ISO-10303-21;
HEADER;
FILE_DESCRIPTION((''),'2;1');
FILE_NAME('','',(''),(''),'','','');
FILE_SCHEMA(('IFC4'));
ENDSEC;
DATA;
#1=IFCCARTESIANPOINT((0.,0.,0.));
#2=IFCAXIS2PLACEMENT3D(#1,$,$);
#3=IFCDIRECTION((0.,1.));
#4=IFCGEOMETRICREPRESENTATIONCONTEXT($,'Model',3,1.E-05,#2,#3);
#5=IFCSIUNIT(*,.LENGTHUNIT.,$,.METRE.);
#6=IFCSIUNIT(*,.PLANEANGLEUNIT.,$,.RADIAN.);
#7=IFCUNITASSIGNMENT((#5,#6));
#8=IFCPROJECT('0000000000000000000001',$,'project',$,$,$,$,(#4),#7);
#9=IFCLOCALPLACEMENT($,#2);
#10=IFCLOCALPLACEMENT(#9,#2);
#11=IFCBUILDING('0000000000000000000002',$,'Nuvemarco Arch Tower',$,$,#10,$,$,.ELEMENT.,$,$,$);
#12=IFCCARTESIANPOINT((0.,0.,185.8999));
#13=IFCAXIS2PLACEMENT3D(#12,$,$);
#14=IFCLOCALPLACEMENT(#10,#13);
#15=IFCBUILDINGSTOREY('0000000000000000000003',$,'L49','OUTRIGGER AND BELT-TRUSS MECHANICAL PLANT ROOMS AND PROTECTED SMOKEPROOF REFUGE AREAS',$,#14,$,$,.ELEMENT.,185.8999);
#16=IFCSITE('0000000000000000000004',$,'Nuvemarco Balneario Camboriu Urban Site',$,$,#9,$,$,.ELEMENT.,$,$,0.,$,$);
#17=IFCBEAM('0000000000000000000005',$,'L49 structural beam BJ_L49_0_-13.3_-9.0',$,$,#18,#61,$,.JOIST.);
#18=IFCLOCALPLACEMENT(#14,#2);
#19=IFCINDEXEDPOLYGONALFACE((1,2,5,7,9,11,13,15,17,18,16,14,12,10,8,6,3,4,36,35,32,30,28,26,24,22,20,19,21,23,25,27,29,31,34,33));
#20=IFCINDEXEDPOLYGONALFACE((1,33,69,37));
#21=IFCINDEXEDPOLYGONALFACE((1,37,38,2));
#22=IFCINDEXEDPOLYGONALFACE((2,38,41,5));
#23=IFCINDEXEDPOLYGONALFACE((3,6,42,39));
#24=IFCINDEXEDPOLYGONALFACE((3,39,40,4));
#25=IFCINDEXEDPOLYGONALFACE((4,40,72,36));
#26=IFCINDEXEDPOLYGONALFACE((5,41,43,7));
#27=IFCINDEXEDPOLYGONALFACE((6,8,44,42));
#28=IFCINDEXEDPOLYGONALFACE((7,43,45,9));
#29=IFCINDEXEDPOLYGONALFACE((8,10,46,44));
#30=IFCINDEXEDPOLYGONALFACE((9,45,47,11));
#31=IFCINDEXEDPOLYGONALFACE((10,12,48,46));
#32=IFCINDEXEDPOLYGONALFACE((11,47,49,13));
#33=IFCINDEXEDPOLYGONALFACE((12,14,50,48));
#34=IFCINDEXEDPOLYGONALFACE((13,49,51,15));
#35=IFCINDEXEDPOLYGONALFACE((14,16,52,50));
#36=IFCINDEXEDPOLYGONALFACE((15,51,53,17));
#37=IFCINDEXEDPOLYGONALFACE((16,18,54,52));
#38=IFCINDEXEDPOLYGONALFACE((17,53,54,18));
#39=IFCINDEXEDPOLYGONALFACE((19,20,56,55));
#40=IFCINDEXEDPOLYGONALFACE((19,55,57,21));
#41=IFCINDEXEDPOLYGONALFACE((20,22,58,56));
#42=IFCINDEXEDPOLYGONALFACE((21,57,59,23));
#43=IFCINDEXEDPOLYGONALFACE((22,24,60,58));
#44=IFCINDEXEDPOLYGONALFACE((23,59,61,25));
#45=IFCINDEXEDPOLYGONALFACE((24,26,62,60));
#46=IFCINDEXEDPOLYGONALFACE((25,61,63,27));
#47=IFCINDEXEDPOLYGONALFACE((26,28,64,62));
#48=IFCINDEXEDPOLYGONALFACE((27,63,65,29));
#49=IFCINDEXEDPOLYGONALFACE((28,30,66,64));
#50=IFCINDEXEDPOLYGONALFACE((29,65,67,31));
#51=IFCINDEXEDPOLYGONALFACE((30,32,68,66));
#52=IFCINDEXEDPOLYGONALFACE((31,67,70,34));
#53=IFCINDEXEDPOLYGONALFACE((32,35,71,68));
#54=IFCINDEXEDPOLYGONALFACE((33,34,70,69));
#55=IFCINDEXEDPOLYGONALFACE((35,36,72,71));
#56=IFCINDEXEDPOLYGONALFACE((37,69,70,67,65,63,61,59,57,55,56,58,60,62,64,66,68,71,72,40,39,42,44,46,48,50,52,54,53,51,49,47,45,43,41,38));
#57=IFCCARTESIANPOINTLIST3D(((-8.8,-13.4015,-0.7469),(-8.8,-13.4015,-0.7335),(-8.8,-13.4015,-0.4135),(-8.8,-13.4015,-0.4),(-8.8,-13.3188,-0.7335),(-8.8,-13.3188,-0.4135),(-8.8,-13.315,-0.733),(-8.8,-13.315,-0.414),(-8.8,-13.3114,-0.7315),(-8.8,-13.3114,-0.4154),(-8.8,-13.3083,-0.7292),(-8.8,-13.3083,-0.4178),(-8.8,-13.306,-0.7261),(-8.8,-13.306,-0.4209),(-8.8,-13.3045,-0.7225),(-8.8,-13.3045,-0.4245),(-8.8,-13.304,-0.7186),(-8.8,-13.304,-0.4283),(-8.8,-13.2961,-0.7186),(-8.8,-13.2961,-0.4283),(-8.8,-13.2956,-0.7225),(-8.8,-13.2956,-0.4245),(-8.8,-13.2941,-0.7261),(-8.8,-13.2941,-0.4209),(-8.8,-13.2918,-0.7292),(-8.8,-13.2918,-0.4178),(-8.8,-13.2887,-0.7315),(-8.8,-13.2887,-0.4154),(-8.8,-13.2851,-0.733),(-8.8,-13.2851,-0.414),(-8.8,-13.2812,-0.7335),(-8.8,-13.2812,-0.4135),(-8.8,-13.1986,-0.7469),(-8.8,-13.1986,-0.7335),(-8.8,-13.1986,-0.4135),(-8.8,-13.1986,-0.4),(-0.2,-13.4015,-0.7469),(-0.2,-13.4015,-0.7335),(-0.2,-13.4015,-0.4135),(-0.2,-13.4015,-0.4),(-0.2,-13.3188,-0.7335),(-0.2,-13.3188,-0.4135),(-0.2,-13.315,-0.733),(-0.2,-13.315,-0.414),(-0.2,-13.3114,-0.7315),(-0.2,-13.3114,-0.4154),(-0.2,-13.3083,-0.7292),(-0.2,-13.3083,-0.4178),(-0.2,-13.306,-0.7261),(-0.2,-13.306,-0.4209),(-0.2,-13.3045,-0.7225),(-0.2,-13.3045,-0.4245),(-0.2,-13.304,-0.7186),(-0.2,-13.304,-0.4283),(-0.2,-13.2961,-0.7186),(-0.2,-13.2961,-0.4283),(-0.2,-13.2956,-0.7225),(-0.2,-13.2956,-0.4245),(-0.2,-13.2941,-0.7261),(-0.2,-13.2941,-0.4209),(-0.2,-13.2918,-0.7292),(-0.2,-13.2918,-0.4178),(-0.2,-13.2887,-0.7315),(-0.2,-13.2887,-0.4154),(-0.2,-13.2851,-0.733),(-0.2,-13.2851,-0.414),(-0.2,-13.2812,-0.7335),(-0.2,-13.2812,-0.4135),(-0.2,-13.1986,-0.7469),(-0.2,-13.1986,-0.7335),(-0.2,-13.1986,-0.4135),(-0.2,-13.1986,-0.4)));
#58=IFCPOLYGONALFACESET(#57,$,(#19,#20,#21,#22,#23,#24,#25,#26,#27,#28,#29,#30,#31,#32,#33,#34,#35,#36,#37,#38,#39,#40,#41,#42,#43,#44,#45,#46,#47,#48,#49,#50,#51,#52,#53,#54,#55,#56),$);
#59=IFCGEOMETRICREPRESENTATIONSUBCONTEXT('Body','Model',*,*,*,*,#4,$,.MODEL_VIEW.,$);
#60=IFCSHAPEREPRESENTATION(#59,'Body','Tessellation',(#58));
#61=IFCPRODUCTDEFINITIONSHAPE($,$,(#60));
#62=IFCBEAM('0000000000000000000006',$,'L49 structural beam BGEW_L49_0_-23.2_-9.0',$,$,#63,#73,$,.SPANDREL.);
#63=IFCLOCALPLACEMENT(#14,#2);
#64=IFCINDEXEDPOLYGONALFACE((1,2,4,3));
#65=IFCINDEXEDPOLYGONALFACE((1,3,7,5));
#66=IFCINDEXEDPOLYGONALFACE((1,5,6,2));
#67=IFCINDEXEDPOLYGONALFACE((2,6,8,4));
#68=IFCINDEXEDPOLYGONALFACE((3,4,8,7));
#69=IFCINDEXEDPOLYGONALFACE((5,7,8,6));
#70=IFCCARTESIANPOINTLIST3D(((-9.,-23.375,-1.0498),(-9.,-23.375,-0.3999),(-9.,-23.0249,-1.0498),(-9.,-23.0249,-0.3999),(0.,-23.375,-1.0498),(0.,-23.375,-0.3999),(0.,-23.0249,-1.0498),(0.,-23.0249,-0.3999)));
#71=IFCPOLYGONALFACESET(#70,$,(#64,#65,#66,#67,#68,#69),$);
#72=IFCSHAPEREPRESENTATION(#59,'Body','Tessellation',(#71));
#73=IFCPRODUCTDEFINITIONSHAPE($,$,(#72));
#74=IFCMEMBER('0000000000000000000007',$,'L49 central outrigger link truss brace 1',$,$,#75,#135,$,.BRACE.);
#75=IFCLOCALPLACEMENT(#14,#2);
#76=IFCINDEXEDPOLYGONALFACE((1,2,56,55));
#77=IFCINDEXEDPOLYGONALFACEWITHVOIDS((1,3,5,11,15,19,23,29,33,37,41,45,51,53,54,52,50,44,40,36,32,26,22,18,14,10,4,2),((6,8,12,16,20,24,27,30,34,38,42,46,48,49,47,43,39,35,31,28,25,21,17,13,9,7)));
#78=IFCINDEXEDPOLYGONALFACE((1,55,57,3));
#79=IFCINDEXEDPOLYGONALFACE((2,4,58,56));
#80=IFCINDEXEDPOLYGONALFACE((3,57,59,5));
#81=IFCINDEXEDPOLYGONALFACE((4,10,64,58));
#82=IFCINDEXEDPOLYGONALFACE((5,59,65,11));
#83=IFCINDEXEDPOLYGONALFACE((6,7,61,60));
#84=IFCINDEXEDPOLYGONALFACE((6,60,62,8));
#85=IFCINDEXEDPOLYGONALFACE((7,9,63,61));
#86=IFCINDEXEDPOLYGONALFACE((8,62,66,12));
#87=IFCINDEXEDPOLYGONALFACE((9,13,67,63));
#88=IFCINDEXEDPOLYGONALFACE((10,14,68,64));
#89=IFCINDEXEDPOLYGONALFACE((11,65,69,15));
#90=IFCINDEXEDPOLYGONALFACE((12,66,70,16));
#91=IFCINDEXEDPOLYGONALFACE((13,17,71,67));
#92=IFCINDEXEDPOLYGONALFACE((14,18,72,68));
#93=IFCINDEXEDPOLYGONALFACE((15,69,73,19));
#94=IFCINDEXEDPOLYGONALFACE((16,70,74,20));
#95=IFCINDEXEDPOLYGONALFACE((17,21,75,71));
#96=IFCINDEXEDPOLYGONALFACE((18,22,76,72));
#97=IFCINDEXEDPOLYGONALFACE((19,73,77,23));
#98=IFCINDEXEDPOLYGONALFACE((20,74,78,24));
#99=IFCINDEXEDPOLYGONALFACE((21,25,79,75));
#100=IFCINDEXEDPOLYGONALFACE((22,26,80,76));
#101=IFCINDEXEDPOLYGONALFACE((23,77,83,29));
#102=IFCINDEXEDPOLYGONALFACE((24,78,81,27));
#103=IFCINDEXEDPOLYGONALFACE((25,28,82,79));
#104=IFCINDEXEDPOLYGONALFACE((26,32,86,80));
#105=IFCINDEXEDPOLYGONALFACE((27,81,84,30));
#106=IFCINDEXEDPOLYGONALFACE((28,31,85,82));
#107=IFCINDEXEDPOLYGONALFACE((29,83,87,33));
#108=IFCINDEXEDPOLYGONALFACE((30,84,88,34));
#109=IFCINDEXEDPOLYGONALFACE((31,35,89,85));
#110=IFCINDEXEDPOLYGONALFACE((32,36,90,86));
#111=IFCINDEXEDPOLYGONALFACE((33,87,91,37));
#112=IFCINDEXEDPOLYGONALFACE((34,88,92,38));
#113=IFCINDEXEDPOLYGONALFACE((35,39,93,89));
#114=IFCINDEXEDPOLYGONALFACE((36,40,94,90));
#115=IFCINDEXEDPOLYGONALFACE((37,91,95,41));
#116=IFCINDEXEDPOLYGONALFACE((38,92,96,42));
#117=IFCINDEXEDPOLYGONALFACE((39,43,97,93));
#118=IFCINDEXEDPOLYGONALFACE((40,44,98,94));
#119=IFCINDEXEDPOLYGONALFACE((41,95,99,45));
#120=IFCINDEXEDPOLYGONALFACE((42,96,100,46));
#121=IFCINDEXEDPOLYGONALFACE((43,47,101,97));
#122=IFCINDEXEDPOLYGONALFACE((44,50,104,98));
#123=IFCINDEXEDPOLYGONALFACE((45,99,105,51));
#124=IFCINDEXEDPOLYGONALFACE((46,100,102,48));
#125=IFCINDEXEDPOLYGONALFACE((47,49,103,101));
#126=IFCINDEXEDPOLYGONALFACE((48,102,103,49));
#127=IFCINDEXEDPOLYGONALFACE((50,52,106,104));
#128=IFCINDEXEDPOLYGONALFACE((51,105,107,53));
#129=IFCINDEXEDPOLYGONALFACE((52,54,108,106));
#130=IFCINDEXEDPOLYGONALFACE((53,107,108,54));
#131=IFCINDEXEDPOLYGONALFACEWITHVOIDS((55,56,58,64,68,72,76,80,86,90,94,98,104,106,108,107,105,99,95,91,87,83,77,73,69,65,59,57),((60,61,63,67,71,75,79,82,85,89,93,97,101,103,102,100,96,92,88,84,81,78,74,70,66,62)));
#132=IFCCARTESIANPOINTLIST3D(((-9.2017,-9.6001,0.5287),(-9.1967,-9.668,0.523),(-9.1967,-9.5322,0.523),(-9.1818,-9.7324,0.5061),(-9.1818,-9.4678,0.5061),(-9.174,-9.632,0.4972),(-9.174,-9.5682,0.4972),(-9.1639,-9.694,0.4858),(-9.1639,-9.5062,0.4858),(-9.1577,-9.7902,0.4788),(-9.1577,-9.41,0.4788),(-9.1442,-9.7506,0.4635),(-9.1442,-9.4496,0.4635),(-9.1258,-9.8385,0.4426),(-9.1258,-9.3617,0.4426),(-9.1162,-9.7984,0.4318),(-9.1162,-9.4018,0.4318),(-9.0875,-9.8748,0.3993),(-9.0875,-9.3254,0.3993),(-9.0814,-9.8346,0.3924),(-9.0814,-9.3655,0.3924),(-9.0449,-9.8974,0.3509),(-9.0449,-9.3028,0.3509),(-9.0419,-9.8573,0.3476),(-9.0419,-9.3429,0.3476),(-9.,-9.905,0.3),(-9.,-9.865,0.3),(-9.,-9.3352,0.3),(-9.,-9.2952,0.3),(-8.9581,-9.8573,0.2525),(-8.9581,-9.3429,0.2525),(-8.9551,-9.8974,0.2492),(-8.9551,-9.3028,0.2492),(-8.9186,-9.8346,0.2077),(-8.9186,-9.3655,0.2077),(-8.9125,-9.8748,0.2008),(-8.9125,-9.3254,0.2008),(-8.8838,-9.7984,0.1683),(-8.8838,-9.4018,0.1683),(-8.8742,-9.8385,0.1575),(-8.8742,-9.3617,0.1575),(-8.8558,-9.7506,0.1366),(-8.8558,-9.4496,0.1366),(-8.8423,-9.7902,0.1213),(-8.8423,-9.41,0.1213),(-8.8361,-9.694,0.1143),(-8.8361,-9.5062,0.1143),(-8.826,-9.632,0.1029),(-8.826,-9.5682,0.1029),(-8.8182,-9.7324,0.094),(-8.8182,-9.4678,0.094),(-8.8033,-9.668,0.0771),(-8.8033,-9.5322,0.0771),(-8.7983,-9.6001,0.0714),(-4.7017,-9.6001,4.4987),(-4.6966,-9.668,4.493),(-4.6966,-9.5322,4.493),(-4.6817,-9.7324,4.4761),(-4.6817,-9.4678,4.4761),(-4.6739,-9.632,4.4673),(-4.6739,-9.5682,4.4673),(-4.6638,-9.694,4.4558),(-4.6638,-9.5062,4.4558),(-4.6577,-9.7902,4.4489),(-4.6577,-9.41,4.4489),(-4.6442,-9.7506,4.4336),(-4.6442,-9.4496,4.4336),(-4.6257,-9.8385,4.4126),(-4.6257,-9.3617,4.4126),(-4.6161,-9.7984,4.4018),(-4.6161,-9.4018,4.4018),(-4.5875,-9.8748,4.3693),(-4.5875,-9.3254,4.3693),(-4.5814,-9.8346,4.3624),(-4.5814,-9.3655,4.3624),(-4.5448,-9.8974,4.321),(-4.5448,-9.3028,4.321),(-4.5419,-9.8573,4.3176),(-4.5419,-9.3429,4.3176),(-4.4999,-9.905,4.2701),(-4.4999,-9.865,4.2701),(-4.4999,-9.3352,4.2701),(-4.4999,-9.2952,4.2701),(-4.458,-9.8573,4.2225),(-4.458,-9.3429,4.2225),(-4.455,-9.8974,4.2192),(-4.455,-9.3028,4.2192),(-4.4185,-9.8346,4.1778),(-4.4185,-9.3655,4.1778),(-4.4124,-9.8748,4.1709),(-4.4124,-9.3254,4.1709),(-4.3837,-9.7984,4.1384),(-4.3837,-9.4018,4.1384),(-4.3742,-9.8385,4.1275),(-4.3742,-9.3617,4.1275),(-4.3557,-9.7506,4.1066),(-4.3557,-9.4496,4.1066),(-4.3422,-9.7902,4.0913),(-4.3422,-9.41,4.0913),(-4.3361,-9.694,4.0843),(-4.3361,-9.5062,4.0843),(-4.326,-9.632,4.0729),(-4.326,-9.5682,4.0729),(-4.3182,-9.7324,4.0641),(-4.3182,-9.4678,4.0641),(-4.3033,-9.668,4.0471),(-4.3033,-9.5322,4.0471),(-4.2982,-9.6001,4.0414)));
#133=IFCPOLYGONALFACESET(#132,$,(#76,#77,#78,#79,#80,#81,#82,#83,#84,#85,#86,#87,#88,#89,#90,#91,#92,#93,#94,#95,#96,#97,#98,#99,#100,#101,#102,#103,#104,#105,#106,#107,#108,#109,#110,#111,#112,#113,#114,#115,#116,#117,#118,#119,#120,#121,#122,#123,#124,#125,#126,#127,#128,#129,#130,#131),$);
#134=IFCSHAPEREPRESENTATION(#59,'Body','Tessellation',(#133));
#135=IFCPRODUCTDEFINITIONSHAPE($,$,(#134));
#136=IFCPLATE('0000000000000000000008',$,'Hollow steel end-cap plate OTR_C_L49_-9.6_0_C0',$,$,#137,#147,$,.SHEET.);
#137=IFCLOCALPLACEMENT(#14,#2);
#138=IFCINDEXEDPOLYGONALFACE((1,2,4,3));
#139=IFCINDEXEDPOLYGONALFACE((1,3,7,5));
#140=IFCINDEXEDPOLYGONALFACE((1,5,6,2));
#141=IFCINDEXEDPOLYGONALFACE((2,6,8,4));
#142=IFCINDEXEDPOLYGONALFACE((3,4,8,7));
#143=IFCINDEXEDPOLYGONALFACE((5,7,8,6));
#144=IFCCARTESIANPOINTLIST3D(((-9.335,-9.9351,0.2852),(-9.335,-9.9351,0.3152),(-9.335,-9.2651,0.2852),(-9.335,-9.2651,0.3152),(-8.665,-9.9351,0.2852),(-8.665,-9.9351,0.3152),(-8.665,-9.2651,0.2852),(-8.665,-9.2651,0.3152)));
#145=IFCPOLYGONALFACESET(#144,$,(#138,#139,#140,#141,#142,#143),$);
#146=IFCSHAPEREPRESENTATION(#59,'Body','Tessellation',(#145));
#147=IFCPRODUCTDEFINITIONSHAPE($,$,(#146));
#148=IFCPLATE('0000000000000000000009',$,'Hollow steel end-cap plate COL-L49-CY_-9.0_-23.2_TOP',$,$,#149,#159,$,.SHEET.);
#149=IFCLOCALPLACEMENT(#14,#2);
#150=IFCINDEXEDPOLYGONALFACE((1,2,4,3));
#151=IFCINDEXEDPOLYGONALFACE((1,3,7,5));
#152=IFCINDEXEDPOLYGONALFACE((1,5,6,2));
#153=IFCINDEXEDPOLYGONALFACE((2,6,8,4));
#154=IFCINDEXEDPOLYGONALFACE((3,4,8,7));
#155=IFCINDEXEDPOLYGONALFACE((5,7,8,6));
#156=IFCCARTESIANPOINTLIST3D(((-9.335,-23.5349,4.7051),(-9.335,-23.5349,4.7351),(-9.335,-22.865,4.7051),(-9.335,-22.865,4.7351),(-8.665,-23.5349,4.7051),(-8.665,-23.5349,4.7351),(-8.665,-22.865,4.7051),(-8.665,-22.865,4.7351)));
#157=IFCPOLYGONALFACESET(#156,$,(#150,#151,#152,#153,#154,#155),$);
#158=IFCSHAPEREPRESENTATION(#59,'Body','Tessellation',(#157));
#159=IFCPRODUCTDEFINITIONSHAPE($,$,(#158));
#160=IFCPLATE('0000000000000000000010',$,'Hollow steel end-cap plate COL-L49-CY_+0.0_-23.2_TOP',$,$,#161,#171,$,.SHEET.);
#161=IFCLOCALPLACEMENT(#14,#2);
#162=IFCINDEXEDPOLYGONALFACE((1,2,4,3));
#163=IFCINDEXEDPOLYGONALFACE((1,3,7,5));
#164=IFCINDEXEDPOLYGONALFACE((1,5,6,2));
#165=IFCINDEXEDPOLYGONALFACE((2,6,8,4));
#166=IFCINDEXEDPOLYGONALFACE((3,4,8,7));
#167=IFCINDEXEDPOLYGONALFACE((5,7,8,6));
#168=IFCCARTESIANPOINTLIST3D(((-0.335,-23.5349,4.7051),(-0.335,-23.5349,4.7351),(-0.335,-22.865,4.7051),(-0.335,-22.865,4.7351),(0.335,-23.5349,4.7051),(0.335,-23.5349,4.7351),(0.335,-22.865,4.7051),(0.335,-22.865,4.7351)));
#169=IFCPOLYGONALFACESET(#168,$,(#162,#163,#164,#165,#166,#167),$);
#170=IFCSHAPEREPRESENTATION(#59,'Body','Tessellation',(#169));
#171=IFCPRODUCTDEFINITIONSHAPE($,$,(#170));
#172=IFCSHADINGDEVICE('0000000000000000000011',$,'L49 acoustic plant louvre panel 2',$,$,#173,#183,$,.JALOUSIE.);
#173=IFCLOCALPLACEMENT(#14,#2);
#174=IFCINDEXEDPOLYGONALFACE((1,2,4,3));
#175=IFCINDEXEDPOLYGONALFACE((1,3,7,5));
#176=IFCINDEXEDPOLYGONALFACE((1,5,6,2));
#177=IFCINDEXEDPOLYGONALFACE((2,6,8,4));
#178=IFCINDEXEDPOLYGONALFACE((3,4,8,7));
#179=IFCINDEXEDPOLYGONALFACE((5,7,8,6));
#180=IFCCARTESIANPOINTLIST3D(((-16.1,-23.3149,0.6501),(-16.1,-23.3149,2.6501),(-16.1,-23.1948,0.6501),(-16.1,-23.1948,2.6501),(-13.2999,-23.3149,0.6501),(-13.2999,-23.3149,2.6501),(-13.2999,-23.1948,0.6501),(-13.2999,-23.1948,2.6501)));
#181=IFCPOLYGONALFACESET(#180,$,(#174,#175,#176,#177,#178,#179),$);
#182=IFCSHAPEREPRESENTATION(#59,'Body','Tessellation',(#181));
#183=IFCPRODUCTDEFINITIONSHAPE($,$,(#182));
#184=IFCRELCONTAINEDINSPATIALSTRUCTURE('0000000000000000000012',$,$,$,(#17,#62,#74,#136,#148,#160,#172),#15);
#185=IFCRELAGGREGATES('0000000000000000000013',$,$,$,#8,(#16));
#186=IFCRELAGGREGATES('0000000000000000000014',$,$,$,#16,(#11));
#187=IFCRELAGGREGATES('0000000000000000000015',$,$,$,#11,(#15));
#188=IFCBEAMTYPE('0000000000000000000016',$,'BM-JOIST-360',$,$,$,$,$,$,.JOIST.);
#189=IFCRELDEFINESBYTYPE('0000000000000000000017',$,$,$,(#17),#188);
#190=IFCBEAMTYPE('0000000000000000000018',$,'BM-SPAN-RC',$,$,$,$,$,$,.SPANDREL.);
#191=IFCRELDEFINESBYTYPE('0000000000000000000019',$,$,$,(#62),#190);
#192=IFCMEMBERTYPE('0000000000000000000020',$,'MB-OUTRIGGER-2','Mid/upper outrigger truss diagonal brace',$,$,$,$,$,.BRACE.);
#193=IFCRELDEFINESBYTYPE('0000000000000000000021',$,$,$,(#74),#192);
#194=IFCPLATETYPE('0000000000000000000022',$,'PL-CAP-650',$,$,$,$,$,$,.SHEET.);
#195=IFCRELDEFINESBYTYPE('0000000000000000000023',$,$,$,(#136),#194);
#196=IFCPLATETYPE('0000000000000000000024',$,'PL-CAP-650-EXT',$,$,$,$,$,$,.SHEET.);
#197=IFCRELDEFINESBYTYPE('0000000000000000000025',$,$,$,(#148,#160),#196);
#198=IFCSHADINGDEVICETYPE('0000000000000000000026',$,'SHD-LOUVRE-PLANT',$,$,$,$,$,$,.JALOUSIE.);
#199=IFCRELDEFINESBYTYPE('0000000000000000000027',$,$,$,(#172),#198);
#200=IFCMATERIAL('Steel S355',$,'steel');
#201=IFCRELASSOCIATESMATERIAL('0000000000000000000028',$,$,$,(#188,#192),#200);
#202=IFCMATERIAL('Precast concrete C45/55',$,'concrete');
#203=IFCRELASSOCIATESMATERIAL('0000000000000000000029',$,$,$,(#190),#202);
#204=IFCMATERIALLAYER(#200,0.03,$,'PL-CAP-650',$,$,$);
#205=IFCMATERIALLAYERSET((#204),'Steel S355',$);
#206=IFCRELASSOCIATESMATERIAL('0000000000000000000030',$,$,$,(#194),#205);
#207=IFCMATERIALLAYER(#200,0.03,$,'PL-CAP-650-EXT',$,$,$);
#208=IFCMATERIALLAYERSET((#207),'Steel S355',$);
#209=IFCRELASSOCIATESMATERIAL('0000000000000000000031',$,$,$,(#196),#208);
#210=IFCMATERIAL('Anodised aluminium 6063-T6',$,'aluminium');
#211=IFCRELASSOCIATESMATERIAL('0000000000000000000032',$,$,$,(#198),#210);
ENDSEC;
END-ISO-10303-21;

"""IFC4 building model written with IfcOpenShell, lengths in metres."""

from ifc_helpers import new_model, si_unit, direction, frame, origin, origin_2d, place, context, subcontext, project, spatial, rectangle, hollow_circle, i_section, extrude, source, transform, mapped, material, layer, layer_set, material_profile, profile_set, type_object, type_shapes, element, save


model = new_model("IFC4")

# Units and contexts
model_context = context("Model", 3, precision=1e-05, world=origin(), true_north=direction((0.0, 1.0)))
body_context = subcontext(model_context, "Body", "Model", "MODEL_VIEW")
ifc_project = project(units=[si_unit("LENGTHUNIT", "METRE"), si_unit("PLANEANGLEUNIT", "RADIAN")], contexts=[model_context])

# Site, building, storey
site_placement = place(None, origin())
site = spatial("IfcSite", under=ifc_project, at=site_placement, Name="Nuvemarco Balneario Camboriu Urban Site", CompositionType="ELEMENT", RefElevation=0.0)
building_placement = place(site_placement, origin())
building = spatial("IfcBuilding", under=site, at=building_placement, Name="Nuvemarco Arch Tower", CompositionType="ELEMENT")
storey_placement = place(building_placement, frame((0.0, 0.0, 185.8999)))
storey = spatial("IfcBuildingStorey", under=building, at=storey_placement, Name="L49", Description="OUTRIGGER AND BELT-TRUSS MECHANICAL PLANT ROOMS AND PROTECTED SMOKEPROOF REFUGE AREAS", CompositionType="ELEMENT", Elevation=185.8999)

# Shared definitions
ifc_material_1 = material(Name="Steel S355", Category="steel")

# Beams
ifc_material_profile_1 = material_profile(ifc_material_1, i_section(OverallWidth=0.2029, OverallDepth=0.3469, WebThickness=0.0078, FlangeThickness=0.0134, FilletRadius=0.0149, at=origin_2d()), Name="W360x64")
ifc_profile_set_1 = profile_set([ifc_material_profile_1], Name="Steel S355")
beam_type_1 = type_object("IfcBeamType", Name="BM-JOIST-360", PredefinedType="JOIST", material=ifc_profile_set_1)
beam_1_placement = place(storey_placement, frame((-8.8, -13.3, -0.5735), z_axis=(1.0, 0.0, 0.0), x_axis=(0.0, 1.0, 0.0)))
element("IfcBeam", 1, at=beam_1_placement, inside=storey, type_object=beam_type_1, Name="L49 structural beam BJ_L49_0_-13.3_-9.0", PredefinedType="JOIST", context=body_context, shape_type="SweptSolid", body=[
    extrude(i_section(OverallWidth=0.2029, OverallDepth=0.3469, WebThickness=0.0078, FlangeThickness=0.0134, FilletRadius=0.0149, at=origin_2d()), origin(), (0.0, 0.0, 1.0), 8.6001),
])
ifc_material_2 = material(Name="Precast concrete C45/55", Category="concrete")
ifc_material_profile_2 = material_profile(ifc_material_2, rectangle(XDim=0.3501, YDim=0.6499, at=origin_2d()), Name="PC-SP-350x650")
ifc_profile_set_2 = profile_set([ifc_material_profile_2], Name="Precast concrete C45/55")
beam_type_2 = type_object("IfcBeamType", Name="BM-SPAN-RC", PredefinedType="SPANDREL", material=ifc_profile_set_2)
beam_2_placement = place(storey_placement, frame((-9.0, -23.2, -0.7249), z_axis=(1.0, 0.0, 0.0), x_axis=(0.0, 1.0, 0.0)))
element("IfcBeam", 2, at=beam_2_placement, inside=storey, type_object=beam_type_2, Name="L49 structural beam BGEW_L49_0_-23.2_-9.0", PredefinedType="SPANDREL", context=body_context, shape_type="SweptSolid", body=[
    extrude(rectangle(XDim=0.3501, YDim=0.6499, at=origin_2d()), origin(), (0.0, 0.0, 1.0), 9.0),
])

# Member
ifc_material_profile_3 = material_profile(ifc_material_1, hollow_circle(Radius=0.3049, WallThickness=0.04, at=origin_2d()), Name="CHS610x40")
ifc_profile_set_3 = profile_set([ifc_material_profile_3], Name="Steel S355")
member_type = type_object("IfcMemberType", Name="MB-OUTRIGGER-2", Description="Mid/upper outrigger truss diagonal brace", PredefinedType="BRACE", material=ifc_profile_set_3)
member_placement = place(storey_placement, frame((-9.0, -9.6001, 0.3), z_axis=(0.749889, 0.0, 0.661564), x_axis=(0.0, 1.0, 0.0)))
element("IfcMember", 3, at=member_placement, inside=storey, type_object=member_type, Name="L49 central outrigger link truss brace 1", PredefinedType="BRACE", context=body_context, shape_type="SweptSolid", body=[
    extrude(hollow_circle(Radius=0.3049, WallThickness=0.04, at=origin_2d()), origin(), (0.0, 0.0, 1.0), 6.001),
])

# Plates
ifc_layer_1 = layer(ifc_material_1, 0.03, Name="PL-CAP-650")
ifc_layer_set_1 = layer_set([ifc_layer_1], Name="Steel S355")
plate_type_1 = type_object("IfcPlateType", Name="PL-CAP-650", PredefinedType="SHEET", material=ifc_layer_set_1)
shared_shape_1 = source(origin(), body_context, "Body", "SweptSolid", [
    extrude(rectangle(XDim=0.6699, YDim=0.6699, at=origin_2d()), origin(), (0.0, 0.0, 1.0), 0.03),
])
type_shapes(plate_type_1, [shared_shape_1])
plate_placement = place(storey_placement, frame((-9.0, -9.6001, 0.2852), z_axis=(0.0, 0.0, 1.0), x_axis=(1.0, 0.0, 0.0)))
element("IfcPlate", 4, at=plate_placement, inside=storey, type_object=plate_type_1, Name="Hollow steel end-cap plate OTR_C_L49_-9.6_0_C0", PredefinedType="SHEET", context=body_context, shape_type="MappedRepresentation", body=[
    mapped(shared_shape_1, transform((0.0, 0.0, 0.0), scale=1.0)),
])
ifc_layer_2 = layer(ifc_material_1, 0.03, Name="PL-CAP-650-EXT")
ifc_layer_set_2 = layer_set([ifc_layer_2], Name="Steel S355")
plate_type_2 = type_object("IfcPlateType", Name="PL-CAP-650-EXT", PredefinedType="SHEET", material=ifc_layer_set_2)
shared_shape_2 = source(origin(), body_context, "Body", "SweptSolid", [
    extrude(rectangle(XDim=0.6699, YDim=0.6699, at=origin_2d()), origin(), (0.0, 0.0, 1.0), 0.03),
])
type_shapes(plate_type_2, [shared_shape_2])
for number, where, z_axis, x_axis, name in (
    (5, (-9.0, -23.2, 4.7051), (0.0, 0.0, 1.0), (1.0, 0.0, 0.0), "Hollow steel end-cap plate COL-L49-CY_-9.0_-23.2_TOP"),
    (6, (0.0, -23.2, 4.7051), (0.0, 0.0, 1.0), (1.0, 0.0, 0.0), "Hollow steel end-cap plate COL-L49-CY_+0.0_-23.2_TOP"),
):
    element("IfcPlate", number, at=place(storey_placement, frame(where, z_axis=z_axis, x_axis=x_axis)), inside=storey, type_object=plate_type_2, Name=name, PredefinedType="SHEET", context=body_context, shape_type="MappedRepresentation", body=[
        mapped(shared_shape_2, transform((0.0, 0.0, 0.0), scale=1.0)),
    ])

# Shading device
ifc_material_3 = material(Name="Anodised aluminium 6063-T6", Category="aluminium")
shading_device_type = type_object("IfcShadingDeviceType", Name="SHD-LOUVRE-PLANT", PredefinedType="JALOUSIE", material=ifc_material_3)
shared_shape_3 = source(origin(), body_context, "Body", "SweptSolid", [
    extrude(rectangle(XDim=2.8, YDim=0.1201, at=origin_2d()), origin(), (0.0, 0.0, 1.0), 2.0),
])
type_shapes(shading_device_type, [shared_shape_3])
shading_device_placement = place(storey_placement, frame((-14.7, -23.2549, 0.6501), z_axis=(0.0, 0.0, 1.0), x_axis=(1.0, 0.0, 0.0)))
element("IfcShadingDevice", 7, at=shading_device_placement, inside=storey, type_object=shading_device_type, Name="L49 acoustic plant louvre panel 2", PredefinedType="JALOUSIE", context=body_context, shape_type="MappedRepresentation", body=[
    mapped(shared_shape_3, transform((0.0, 0.0, 0.0), scale=1.0)),
])

save(model, "model.ifc")
